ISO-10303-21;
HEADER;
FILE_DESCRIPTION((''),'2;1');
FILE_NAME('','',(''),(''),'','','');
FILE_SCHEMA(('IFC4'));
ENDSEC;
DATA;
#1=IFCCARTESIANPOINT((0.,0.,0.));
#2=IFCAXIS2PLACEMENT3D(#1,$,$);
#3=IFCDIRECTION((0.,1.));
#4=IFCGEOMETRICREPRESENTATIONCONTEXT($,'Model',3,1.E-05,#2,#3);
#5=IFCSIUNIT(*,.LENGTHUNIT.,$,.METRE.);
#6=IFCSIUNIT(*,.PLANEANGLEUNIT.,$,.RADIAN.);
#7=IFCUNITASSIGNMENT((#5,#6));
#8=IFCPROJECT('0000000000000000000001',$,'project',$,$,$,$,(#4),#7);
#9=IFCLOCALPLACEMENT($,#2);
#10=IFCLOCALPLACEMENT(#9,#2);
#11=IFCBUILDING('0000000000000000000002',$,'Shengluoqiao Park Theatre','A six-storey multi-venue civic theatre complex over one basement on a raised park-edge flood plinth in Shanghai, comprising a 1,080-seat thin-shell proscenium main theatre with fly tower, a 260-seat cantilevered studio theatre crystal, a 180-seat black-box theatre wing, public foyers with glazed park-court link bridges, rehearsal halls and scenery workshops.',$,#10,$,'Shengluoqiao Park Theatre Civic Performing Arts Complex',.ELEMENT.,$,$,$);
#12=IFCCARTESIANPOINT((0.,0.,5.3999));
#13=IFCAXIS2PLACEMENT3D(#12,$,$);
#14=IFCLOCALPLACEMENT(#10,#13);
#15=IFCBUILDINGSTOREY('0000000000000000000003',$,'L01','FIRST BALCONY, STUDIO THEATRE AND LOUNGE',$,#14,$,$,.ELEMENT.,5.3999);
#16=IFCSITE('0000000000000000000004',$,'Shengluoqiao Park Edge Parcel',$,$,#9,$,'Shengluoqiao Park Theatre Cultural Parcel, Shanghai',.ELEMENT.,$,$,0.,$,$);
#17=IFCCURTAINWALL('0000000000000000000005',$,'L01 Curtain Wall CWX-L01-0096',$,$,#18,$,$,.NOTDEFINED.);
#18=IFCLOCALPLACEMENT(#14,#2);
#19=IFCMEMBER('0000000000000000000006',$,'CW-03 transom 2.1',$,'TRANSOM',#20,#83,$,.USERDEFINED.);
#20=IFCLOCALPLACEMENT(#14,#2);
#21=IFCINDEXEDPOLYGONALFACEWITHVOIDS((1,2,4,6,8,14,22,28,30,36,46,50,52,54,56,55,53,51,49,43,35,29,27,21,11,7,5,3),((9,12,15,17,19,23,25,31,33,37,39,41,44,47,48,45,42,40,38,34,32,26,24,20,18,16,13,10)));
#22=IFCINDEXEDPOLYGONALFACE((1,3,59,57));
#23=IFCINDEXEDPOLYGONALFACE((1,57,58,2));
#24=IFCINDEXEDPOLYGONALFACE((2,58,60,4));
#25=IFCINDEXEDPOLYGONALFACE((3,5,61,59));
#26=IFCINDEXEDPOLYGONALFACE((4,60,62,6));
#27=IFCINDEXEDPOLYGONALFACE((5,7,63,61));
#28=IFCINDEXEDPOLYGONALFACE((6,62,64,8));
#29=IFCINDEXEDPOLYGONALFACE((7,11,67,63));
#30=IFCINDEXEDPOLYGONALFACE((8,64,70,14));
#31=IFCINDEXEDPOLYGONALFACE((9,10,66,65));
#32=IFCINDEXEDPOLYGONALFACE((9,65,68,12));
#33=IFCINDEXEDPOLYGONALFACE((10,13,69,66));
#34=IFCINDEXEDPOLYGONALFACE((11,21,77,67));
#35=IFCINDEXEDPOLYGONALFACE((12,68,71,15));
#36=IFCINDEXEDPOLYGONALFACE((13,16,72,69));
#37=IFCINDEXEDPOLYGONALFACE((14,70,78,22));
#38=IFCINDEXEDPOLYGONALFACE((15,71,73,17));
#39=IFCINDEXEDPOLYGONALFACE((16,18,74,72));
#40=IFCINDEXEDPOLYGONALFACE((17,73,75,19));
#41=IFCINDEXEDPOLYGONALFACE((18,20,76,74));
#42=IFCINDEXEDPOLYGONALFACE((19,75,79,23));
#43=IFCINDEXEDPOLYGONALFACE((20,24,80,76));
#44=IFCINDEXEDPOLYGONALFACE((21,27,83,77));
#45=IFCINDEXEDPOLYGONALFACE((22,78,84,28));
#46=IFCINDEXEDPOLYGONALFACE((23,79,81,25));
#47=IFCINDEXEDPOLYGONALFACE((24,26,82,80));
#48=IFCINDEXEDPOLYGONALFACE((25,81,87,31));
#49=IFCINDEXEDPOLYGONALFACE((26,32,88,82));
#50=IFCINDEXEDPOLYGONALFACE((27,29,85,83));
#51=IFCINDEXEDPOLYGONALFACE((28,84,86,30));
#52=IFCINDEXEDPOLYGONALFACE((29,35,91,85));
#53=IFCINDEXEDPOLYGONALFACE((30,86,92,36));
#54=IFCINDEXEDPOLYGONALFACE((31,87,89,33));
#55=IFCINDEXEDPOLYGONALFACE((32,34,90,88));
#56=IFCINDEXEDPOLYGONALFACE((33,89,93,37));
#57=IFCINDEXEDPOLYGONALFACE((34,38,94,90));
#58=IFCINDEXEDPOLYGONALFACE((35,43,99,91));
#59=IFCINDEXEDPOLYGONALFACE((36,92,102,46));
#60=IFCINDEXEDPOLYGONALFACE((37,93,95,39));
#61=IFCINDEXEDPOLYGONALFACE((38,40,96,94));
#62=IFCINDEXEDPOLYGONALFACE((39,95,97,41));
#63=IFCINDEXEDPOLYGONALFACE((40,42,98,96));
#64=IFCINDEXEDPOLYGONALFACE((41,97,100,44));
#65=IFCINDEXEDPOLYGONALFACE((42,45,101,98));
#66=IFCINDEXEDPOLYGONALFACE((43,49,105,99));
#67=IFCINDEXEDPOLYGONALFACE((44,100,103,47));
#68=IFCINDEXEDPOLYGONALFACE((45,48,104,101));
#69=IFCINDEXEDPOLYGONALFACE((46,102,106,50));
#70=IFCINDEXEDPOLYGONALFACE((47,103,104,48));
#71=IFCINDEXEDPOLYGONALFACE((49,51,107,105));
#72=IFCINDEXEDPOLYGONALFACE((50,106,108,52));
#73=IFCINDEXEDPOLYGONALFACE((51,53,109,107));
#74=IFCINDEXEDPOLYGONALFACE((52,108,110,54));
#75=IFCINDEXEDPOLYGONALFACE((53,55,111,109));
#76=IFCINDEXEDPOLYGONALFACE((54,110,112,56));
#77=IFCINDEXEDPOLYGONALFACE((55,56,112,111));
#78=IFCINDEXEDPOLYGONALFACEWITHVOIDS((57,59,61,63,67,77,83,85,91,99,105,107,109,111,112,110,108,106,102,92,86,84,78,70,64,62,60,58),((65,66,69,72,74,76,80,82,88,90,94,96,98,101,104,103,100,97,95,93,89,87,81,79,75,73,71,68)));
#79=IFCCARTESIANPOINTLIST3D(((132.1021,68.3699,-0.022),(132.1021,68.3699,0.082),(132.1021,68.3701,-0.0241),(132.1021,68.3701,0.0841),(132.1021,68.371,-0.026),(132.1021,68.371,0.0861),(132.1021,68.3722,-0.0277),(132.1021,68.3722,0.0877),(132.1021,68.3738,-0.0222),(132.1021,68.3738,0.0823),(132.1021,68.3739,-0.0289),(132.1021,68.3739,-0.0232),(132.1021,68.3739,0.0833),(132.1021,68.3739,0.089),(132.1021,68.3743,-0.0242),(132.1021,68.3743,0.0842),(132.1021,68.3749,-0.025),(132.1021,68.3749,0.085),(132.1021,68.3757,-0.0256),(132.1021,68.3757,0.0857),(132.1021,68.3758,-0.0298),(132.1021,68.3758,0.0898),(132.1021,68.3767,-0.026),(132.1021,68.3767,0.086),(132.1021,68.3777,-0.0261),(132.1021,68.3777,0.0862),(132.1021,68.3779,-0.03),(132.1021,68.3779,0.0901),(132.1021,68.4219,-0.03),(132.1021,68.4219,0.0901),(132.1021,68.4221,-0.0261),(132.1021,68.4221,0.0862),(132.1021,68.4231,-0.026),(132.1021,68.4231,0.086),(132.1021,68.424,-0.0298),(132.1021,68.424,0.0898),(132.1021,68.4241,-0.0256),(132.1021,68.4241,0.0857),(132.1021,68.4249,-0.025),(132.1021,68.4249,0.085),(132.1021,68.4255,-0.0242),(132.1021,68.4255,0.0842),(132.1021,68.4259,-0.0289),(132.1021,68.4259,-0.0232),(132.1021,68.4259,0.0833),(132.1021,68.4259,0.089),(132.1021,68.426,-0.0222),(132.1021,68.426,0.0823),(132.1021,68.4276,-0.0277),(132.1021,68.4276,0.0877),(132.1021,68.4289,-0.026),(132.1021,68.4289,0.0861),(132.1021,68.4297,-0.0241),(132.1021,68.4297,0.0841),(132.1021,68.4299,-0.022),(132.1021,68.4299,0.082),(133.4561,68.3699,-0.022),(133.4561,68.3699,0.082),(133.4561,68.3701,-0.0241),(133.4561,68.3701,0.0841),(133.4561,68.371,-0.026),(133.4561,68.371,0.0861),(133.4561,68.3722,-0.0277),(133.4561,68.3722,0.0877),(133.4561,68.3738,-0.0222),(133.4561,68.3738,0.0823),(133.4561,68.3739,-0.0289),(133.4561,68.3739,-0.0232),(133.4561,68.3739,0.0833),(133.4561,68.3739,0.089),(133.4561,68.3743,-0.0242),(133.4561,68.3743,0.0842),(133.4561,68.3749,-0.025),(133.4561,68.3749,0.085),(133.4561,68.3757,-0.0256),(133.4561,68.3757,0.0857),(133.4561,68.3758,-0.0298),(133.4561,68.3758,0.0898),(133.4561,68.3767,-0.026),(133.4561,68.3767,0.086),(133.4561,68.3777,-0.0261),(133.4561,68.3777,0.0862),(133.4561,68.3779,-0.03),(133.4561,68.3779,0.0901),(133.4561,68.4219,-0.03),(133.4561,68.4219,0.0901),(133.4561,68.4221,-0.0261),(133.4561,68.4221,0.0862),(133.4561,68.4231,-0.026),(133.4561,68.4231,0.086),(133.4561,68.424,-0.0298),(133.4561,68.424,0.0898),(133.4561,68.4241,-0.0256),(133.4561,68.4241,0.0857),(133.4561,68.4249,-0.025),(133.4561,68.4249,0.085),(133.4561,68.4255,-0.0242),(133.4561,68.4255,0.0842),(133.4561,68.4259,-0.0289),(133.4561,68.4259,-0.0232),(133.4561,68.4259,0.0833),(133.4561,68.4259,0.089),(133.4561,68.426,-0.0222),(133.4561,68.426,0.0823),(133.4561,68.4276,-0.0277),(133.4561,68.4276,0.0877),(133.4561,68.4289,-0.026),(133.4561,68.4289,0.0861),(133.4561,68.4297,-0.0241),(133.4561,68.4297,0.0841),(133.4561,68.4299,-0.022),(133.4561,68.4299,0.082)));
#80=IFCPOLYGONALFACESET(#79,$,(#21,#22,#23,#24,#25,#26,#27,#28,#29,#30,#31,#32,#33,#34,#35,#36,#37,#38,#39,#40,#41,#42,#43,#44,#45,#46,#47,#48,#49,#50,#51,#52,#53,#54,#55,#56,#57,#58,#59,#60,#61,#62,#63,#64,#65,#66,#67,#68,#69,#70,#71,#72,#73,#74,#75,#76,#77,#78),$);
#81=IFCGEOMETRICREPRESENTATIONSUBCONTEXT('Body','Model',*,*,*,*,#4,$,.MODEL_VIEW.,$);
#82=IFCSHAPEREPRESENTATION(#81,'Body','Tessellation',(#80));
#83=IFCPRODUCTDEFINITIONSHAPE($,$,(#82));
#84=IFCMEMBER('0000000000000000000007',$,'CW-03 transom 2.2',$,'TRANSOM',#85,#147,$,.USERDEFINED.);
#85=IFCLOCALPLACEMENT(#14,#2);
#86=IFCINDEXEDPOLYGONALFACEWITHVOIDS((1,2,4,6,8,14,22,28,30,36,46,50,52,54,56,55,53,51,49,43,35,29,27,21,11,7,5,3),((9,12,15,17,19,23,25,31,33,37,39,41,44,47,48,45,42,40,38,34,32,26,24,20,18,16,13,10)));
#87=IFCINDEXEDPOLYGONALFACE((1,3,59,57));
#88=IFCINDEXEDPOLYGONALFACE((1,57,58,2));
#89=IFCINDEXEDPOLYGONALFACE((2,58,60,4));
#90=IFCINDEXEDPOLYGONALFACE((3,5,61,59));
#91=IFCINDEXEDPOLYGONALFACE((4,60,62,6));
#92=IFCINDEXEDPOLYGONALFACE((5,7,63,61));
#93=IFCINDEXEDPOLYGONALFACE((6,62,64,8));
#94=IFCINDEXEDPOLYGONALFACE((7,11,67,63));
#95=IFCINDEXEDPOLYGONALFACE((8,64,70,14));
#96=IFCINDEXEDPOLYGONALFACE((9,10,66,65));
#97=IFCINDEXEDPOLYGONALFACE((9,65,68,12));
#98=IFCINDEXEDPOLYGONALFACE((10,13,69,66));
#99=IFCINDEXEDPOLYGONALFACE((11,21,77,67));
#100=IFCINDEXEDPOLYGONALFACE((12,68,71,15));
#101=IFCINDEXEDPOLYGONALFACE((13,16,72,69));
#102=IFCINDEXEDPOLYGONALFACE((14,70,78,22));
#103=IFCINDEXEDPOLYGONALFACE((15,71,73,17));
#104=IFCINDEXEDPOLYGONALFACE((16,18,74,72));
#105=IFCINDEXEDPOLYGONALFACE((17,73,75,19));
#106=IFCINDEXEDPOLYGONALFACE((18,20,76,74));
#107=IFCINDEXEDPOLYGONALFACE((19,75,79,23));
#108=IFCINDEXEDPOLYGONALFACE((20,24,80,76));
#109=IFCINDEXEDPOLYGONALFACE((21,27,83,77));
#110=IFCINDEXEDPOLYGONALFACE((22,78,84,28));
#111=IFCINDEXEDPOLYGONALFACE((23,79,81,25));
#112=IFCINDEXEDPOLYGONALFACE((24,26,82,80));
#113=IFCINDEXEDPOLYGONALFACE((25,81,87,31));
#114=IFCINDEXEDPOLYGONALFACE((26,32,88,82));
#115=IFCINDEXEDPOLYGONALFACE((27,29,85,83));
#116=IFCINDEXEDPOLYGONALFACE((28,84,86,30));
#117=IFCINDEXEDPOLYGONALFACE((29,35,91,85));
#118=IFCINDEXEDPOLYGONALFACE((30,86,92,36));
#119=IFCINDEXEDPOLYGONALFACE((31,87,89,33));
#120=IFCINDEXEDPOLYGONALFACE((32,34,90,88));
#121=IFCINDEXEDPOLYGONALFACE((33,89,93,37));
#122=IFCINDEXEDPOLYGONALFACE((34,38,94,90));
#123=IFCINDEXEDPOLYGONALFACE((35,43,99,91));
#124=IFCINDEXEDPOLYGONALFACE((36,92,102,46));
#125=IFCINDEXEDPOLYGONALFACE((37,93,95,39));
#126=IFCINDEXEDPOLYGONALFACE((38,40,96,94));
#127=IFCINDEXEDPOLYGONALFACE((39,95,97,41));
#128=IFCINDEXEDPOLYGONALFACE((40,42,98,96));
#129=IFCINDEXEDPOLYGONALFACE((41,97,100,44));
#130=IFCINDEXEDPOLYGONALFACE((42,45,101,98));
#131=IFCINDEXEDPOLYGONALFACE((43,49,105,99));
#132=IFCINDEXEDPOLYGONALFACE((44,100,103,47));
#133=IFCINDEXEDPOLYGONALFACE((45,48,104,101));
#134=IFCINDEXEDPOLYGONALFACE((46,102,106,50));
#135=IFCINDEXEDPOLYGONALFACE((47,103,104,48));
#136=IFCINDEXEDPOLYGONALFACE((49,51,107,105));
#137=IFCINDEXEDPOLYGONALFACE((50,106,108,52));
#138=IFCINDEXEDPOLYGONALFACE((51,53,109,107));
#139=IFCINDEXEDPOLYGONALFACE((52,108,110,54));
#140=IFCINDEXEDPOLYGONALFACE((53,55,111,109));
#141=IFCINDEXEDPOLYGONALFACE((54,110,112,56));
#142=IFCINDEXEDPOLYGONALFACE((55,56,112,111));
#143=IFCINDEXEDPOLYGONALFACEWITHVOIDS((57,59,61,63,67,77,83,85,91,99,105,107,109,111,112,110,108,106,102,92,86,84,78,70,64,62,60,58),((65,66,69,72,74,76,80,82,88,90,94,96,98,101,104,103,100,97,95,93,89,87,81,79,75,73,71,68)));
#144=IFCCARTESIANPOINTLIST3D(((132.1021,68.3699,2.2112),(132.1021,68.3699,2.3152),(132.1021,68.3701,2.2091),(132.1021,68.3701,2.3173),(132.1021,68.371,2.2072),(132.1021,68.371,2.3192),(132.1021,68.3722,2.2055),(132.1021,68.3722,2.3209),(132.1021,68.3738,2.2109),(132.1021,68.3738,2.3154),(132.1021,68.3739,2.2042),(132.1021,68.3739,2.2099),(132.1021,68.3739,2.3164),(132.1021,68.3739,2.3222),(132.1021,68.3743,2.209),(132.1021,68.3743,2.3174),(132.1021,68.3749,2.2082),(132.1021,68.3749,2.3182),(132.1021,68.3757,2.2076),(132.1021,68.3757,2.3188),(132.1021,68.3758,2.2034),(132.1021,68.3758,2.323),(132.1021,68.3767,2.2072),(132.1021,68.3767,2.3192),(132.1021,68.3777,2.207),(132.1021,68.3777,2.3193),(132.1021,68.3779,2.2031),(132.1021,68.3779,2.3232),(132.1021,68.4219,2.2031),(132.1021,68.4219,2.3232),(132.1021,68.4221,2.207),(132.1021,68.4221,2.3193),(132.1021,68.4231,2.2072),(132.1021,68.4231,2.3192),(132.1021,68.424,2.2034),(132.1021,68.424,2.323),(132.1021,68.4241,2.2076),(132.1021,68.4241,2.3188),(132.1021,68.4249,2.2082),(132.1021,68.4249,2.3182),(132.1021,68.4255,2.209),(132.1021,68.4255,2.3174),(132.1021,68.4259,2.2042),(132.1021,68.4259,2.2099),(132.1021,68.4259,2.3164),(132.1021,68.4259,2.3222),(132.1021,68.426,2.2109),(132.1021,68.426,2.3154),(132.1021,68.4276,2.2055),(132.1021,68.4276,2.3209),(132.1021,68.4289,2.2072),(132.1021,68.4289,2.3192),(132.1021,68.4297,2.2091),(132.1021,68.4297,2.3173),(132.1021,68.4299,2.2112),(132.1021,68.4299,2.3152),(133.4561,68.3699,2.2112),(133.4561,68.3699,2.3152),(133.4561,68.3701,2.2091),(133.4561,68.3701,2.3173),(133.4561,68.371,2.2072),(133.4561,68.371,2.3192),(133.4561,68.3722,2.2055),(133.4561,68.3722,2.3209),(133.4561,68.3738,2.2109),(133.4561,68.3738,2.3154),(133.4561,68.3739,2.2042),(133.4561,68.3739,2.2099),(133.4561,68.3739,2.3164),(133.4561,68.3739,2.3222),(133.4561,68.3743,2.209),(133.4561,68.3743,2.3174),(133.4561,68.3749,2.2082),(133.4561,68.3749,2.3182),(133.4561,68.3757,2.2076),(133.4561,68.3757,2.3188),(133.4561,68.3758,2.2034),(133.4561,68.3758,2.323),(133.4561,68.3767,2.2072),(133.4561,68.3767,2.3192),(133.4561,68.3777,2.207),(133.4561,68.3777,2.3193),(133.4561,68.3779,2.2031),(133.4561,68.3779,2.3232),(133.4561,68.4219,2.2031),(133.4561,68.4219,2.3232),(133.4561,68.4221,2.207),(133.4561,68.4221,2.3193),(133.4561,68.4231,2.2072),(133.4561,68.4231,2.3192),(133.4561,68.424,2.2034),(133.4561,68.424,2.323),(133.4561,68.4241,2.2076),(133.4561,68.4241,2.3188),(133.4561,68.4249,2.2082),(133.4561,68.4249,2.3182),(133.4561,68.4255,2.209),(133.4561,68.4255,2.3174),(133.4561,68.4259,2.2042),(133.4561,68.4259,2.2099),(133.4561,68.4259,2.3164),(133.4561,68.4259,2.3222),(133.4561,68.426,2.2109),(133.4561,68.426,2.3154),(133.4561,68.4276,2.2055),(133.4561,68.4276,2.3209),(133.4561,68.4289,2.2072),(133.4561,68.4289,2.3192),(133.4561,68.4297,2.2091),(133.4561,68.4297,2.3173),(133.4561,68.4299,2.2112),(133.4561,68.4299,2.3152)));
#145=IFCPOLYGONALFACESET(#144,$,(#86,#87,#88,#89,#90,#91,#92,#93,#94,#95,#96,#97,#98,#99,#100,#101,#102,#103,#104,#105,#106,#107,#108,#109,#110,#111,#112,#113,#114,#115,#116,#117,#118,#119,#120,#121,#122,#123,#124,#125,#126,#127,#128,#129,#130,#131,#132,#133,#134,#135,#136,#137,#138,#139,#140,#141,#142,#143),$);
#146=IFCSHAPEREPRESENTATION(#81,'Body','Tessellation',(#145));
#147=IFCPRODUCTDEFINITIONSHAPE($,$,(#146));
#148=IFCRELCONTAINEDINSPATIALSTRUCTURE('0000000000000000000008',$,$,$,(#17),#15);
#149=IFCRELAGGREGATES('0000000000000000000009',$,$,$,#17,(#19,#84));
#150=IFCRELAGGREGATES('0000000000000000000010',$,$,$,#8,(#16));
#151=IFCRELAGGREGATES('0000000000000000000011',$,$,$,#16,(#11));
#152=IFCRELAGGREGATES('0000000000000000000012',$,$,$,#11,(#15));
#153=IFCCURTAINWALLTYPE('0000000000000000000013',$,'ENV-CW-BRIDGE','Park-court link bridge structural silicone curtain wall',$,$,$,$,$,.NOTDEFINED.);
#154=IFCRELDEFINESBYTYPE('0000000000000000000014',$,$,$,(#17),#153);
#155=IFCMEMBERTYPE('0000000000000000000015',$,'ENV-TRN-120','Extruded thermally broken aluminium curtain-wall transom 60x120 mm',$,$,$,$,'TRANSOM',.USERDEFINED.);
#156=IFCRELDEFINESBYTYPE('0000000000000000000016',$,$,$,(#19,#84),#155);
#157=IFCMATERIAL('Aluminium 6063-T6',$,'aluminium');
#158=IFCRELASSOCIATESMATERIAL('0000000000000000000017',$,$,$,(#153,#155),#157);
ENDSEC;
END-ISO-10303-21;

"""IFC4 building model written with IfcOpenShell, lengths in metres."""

from ifc_helpers import new_model, si_unit, direction, frame, origin, origin_2d, place, context, subcontext, project, spatial, hollow_rectangle, extrude, material, material_profile, profile_set, type_object, element, aggregate, save


model = new_model("IFC4")

# Units and contexts
model_context = context("Model", 3, precision=1e-05, world=origin(), true_north=direction((0.0, 1.0)))
body_context = subcontext(model_context, "Body", "Model", "MODEL_VIEW")
ifc_project = project(units=[si_unit("LENGTHUNIT", "METRE"), si_unit("PLANEANGLEUNIT", "RADIAN")], contexts=[model_context])

# Site, building, storey
site_placement = place(None, origin())
site = spatial("IfcSite", under=ifc_project, at=site_placement, Name="Shengluoqiao Park Edge Parcel", LongName="Shengluoqiao Park Theatre Cultural Parcel, Shanghai", CompositionType="ELEMENT", RefElevation=0.0)
building_placement = place(site_placement, origin())
building = spatial("IfcBuilding", under=site, at=building_placement, Name="Shengluoqiao Park Theatre", Description="A six-storey multi-venue civic theatre complex over one basement on a raised park-edge flood plinth in Shanghai, comprising a 1,080-seat thin-shell proscenium main theatre with fly tower, a 260-seat cantilevered studio theatre crystal, a 180-seat black-box theatre wing, public foyers with glazed park-court link bridges, rehearsal halls and scenery workshops.", LongName="Shengluoqiao Park Theatre Civic Performing Arts Complex", CompositionType="ELEMENT")
storey_placement = place(building_placement, frame((0.0, 0.0, 5.3999)))
storey = spatial("IfcBuildingStorey", under=building, at=storey_placement, Name="L01", Description="FIRST BALCONY, STUDIO THEATRE AND LOUNGE", CompositionType="ELEMENT", Elevation=5.3999)

# Curtain wall
ifc_material_1 = material(Name="Aluminium 6063-T6", Category="aluminium")
curtain_wall_type = type_object("IfcCurtainWallType", Name="ENV-CW-BRIDGE", Description="Park-court link bridge structural silicone curtain wall", PredefinedType="NOTDEFINED", material=ifc_material_1)
curtain_wall_1_placement = place(storey_placement, origin())
curtain_wall_1 = element("IfcCurtainWall", 1, at=curtain_wall_1_placement, inside=storey, type_object=curtain_wall_type, Name="L01 Curtain Wall CWX-L01-0096", PredefinedType="NOTDEFINED")

# Members
ifc_material_profile_1 = material_profile(ifc_material_1, hollow_rectangle(XDim=0.0601, YDim=0.1201, WallThickness=0.0039, InnerFilletRadius=0.0039, OuterFilletRadius=0.0081, at=origin_2d()), Name="ALU TRANSOM 120x60x4")
ifc_profile_set_1 = profile_set([ifc_material_profile_1], Name="Aluminium 6063-T6")
member_type_1 = type_object("IfcMemberType", Name="ENV-TRN-120", Description="Extruded thermally broken aluminium curtain-wall transom 60x120 mm", ElementType="TRANSOM", PredefinedType="USERDEFINED", material=ifc_profile_set_1)
member_1_placement = place(storey_placement, frame((132.1021, 68.3999, 0.03), z_axis=(1.0, 0.0, 0.0), x_axis=(0.0, 1.0, 0.0)))
member_1 = element("IfcMember", 2, at=member_1_placement, type_object=member_type_1, Name="CW-03 transom 2.1", ObjectType="TRANSOM", PredefinedType="USERDEFINED", context=body_context, shape_type="SweptSolid", body=[
    extrude(hollow_rectangle(XDim=0.0601, YDim=0.1201, WallThickness=0.0039, InnerFilletRadius=0.0039, OuterFilletRadius=0.0081, at=origin_2d()), origin(), (0.0, 0.0, 1.0), 1.354),
])
member_2_placement = place(storey_placement, frame((132.1021, 68.3999, 2.2632), z_axis=(1.0, 0.0, 0.0), x_axis=(0.0, 1.0, 0.0)))
member_2 = element("IfcMember", 3, at=member_2_placement, type_object=member_type_1, Name="CW-03 transom 2.2", ObjectType="TRANSOM", PredefinedType="USERDEFINED", context=body_context, shape_type="SweptSolid", body=[
    extrude(hollow_rectangle(XDim=0.0601, YDim=0.1201, WallThickness=0.0039, InnerFilletRadius=0.0039, OuterFilletRadius=0.0081, at=origin_2d()), origin(), (0.0, 0.0, 1.0), 1.354),
])

aggregate(curtain_wall_1, [member_1, member_2])

save(model, "model.ifc")
